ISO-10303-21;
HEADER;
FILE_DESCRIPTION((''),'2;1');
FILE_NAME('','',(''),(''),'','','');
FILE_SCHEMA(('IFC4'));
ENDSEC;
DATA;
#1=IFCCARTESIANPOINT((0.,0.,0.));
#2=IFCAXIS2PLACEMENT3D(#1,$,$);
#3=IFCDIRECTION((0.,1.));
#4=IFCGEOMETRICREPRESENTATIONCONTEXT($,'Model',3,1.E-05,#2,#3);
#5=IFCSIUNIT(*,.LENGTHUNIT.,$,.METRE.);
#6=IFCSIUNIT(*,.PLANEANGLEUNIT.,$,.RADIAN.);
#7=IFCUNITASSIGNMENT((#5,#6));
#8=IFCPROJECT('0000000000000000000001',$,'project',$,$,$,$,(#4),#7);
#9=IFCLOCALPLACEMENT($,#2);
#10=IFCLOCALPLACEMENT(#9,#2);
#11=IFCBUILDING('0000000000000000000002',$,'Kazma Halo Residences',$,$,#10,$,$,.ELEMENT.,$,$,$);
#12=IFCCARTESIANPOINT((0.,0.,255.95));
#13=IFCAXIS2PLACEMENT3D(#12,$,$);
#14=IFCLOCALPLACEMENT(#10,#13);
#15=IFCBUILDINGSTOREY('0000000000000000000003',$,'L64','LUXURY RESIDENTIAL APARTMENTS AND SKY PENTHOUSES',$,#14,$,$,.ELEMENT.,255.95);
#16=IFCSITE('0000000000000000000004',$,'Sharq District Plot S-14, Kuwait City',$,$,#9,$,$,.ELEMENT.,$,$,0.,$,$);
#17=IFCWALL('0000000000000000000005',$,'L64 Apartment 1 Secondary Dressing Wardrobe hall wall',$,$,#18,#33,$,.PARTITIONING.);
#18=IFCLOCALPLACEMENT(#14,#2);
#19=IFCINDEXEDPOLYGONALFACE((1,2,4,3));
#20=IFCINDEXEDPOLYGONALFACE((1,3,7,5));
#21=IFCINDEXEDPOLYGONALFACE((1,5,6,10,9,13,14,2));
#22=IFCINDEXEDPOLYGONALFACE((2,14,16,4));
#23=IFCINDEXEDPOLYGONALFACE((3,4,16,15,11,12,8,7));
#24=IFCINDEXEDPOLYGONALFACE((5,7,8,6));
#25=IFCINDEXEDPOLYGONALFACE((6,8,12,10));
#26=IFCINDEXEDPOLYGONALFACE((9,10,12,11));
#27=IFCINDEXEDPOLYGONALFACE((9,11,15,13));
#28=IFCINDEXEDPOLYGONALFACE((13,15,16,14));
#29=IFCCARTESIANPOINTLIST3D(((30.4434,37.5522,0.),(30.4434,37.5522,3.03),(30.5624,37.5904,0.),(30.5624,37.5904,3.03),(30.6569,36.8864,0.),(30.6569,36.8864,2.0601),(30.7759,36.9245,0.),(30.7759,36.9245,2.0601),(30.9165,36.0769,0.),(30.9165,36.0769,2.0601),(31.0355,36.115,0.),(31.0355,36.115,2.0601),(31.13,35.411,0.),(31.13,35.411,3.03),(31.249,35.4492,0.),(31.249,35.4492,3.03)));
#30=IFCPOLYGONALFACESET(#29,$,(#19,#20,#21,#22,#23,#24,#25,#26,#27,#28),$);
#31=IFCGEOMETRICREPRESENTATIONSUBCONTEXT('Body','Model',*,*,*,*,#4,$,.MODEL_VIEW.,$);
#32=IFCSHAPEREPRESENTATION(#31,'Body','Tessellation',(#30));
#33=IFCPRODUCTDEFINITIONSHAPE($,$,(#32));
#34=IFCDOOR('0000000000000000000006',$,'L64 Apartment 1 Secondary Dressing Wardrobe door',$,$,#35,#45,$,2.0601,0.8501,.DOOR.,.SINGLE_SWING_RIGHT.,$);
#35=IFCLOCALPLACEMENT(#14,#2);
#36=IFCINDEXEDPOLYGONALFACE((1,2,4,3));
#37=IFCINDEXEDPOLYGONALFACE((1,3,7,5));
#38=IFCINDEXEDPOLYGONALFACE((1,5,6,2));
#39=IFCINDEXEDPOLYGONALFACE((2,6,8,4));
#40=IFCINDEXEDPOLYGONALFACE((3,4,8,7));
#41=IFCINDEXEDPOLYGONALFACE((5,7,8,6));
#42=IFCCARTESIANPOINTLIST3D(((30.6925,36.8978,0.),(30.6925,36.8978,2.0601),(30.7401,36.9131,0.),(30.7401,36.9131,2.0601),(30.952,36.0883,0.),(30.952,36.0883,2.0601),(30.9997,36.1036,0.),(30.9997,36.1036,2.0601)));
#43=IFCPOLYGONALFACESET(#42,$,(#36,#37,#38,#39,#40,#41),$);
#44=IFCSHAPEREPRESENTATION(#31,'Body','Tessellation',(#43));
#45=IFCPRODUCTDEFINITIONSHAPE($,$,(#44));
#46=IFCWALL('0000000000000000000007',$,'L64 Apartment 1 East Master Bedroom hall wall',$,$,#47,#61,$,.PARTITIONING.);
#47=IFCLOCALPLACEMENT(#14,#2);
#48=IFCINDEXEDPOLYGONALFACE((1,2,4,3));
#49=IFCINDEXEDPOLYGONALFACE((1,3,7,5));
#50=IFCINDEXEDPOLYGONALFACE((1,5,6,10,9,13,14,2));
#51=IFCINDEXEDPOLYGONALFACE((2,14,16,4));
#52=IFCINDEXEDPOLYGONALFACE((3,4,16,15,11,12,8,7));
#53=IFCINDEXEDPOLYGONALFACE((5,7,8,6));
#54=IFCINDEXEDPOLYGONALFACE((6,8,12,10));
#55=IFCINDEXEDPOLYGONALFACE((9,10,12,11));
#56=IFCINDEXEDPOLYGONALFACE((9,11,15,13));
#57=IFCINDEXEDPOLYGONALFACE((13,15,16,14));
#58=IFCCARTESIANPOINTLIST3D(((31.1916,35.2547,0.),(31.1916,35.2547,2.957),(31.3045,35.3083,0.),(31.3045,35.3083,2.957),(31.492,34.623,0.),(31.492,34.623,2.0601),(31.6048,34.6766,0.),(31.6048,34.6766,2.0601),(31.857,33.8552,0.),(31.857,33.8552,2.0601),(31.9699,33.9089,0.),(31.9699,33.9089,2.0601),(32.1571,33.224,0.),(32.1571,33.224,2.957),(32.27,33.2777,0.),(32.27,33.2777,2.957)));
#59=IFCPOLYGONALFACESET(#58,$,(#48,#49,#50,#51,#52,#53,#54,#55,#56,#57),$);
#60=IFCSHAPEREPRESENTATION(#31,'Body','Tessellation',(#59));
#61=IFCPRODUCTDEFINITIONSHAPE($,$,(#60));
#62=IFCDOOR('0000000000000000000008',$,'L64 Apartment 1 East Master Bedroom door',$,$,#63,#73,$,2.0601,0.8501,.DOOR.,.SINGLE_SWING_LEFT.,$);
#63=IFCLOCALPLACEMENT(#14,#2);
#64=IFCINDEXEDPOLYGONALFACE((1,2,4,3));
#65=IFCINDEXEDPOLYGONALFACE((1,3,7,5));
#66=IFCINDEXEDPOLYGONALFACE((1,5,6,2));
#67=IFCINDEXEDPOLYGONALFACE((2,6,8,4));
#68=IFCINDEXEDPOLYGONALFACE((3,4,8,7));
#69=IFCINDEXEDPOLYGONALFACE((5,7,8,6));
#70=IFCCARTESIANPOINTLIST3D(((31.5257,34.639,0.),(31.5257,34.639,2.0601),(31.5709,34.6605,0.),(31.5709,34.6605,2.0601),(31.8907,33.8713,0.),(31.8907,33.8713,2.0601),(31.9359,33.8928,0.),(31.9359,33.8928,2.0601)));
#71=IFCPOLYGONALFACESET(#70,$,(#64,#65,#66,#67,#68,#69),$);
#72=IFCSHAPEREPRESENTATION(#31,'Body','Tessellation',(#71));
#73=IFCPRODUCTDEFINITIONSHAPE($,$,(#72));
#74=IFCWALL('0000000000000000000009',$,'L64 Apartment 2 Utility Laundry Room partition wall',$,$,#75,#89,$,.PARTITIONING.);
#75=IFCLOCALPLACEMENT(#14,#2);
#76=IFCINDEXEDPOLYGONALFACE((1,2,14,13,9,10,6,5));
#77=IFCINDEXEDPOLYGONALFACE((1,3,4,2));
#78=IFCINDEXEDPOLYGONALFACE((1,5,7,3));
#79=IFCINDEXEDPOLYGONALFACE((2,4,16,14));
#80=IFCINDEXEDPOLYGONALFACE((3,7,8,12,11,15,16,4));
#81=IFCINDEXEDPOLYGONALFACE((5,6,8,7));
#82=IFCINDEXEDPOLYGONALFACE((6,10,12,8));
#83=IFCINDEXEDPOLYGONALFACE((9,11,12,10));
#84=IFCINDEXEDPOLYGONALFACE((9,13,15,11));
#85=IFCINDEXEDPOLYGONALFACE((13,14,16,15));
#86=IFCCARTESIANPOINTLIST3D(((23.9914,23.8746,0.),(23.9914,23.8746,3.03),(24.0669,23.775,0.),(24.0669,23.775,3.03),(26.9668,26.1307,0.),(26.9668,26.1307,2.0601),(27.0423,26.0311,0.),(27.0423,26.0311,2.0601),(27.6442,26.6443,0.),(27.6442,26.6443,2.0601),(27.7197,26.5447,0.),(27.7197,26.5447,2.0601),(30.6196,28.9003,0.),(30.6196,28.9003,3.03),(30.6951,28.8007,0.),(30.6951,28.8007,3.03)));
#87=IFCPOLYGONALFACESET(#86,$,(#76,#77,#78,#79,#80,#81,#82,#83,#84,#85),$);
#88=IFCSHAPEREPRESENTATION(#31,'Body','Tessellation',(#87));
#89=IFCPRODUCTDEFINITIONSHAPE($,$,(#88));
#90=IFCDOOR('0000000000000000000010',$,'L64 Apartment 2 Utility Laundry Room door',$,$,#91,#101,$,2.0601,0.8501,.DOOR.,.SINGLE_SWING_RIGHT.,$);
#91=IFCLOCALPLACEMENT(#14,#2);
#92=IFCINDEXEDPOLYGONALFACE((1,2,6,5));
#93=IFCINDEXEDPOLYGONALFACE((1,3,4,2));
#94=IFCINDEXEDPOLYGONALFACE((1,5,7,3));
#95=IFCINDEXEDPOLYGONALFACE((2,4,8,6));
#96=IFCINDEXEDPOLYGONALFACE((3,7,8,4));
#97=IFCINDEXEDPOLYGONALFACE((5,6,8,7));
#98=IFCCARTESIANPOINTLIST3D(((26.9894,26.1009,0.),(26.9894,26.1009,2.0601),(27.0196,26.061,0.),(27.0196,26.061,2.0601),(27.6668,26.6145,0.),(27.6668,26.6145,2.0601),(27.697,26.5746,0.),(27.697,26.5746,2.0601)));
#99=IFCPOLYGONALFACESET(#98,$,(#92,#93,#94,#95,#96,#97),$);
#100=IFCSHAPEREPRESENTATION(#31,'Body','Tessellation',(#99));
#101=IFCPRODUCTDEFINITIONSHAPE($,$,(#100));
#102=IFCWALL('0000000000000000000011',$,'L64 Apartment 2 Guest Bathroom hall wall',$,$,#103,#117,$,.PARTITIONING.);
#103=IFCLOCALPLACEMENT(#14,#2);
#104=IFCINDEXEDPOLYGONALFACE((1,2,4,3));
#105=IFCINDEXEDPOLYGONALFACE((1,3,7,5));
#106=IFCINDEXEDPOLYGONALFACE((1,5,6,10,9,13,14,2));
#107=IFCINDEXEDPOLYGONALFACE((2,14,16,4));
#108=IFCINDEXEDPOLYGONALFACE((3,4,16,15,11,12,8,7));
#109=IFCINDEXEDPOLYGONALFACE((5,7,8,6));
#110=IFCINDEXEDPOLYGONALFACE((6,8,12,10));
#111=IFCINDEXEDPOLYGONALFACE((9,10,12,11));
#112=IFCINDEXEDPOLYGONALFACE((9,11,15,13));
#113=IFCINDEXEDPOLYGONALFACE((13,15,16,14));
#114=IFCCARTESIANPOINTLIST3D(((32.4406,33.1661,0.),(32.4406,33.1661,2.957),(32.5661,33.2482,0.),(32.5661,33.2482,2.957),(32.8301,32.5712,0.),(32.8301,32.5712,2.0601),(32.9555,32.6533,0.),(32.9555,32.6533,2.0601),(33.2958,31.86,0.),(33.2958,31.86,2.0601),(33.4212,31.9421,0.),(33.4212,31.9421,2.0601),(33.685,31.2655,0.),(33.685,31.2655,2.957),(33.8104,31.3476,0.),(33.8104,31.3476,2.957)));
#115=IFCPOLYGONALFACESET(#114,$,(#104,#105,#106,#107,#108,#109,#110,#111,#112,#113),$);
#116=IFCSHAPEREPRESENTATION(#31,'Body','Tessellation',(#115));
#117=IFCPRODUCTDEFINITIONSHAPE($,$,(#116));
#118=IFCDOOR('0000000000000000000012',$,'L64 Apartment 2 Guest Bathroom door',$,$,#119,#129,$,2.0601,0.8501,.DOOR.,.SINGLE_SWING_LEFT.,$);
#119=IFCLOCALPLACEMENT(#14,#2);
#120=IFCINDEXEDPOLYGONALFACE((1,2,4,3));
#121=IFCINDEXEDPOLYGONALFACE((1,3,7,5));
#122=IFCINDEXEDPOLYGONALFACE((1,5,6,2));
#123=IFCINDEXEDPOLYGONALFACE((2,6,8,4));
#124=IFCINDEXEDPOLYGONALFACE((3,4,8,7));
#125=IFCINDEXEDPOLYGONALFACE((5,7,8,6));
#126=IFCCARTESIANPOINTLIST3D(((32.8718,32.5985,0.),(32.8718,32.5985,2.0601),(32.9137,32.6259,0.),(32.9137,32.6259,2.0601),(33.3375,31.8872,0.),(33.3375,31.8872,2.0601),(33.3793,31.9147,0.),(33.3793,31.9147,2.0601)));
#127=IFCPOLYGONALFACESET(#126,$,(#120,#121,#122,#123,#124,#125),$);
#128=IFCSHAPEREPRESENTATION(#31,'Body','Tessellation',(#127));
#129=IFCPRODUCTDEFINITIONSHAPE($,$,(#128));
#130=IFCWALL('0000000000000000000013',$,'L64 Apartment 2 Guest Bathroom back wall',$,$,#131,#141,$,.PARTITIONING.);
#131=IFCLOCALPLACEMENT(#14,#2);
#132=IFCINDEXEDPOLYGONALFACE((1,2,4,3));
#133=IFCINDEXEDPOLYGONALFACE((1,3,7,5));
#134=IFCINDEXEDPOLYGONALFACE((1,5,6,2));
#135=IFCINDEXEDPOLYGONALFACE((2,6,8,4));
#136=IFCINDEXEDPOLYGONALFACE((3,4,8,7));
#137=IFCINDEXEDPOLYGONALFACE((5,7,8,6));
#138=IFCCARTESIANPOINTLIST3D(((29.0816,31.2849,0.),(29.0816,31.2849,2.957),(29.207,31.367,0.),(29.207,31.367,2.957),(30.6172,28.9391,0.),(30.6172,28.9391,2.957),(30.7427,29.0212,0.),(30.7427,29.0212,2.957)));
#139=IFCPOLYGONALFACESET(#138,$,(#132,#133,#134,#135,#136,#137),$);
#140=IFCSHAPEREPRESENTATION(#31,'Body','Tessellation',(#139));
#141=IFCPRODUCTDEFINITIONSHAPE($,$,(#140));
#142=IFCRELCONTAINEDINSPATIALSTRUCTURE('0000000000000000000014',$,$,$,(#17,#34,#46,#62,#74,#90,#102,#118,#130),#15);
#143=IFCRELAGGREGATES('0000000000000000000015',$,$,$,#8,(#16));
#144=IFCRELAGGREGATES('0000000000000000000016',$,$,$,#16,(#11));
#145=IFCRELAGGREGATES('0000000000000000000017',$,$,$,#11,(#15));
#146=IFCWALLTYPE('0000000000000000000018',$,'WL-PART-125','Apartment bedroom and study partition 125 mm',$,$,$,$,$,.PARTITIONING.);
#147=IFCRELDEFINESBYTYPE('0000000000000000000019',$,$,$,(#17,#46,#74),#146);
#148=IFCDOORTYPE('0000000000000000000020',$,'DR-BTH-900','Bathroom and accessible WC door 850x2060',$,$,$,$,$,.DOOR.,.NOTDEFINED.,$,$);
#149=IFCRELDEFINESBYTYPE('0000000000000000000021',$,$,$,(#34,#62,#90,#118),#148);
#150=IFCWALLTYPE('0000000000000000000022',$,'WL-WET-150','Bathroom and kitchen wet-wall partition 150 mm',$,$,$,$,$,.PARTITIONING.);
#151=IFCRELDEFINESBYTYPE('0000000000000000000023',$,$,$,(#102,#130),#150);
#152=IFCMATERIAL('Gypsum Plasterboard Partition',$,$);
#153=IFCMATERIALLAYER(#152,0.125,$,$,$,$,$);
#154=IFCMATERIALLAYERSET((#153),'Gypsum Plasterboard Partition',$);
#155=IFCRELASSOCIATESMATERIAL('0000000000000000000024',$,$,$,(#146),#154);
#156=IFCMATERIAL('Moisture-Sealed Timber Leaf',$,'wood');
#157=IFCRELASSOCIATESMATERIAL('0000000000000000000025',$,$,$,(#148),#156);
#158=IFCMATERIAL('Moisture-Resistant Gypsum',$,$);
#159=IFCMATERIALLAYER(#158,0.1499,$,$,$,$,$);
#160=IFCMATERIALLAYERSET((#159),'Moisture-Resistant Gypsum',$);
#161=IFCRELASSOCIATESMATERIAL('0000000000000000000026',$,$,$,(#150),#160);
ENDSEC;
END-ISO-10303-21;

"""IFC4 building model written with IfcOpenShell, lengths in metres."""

from ifc_helpers import new_model, si_unit, direction, frame, frame_2d, origin, place, context, subcontext, project, spatial, rectangle, extrude, material, layer, layer_set, type_object, element, fill, save


model = new_model("IFC4")

# Units and contexts
model_context = context("Model", 3, precision=1e-05, world=origin(), true_north=direction((0.0, 1.0)))
body_context = subcontext(model_context, "Body", "Model", "MODEL_VIEW")
ifc_project = project(units=[si_unit("LENGTHUNIT", "METRE"), si_unit("PLANEANGLEUNIT", "RADIAN")], contexts=[model_context])

# Site, building, storey
site_placement = place(None, origin())
site = spatial("IfcSite", under=ifc_project, at=site_placement, Name="Sharq District Plot S-14, Kuwait City", CompositionType="ELEMENT", RefElevation=0.0)
building_placement = place(site_placement, origin())
building = spatial("IfcBuilding", under=site, at=building_placement, Name="Kazma Halo Residences", CompositionType="ELEMENT")
storey_placement = place(building_placement, frame((0.0, 0.0, 255.95)))
storey = spatial("IfcBuildingStorey", under=building, at=storey_placement, Name="L64", Description="LUXURY RESIDENTIAL APARTMENTS AND SKY PENTHOUSES", CompositionType="ELEMENT", Elevation=255.95)

# Shared definitions
ifc_material_1 = material(Name="Gypsum Plasterboard Partition")
ifc_layer_1 = layer(ifc_material_1, 0.125)
ifc_layer_set_1 = layer_set([ifc_layer_1], Name="Gypsum Plasterboard Partition")
wall_type_1 = type_object("IfcWallType", Name="WL-PART-125", Description="Apartment bedroom and study partition 125 mm", PredefinedType="PARTITIONING", material=ifc_layer_set_1)

# Walls, openings, doors
ifc_material_2 = material(Name="Moisture-Sealed Timber Leaf", Category="wood")
door_type = type_object("IfcDoorType", Name="DR-BTH-900", Description="Bathroom and accessible WC door 850x2060", OperationType="NOTDEFINED", PredefinedType="DOOR", material=ifc_material_2)
wall_1_placement = place(storey_placement, frame((30.5029, 37.5713, 0.0), z_axis=(0.0, 0.0, 1.0), x_axis=(0.305327, -0.952247, 0.0)))
wall_1 = element("IfcWall", 1, at=wall_1_placement, inside=storey, type_object=wall_type_1, Name="L64 Apartment 1 Secondary Dressing Wardrobe hall wall", PredefinedType="PARTITIONING", context=body_context, shape_type="SweptSolid", body=[
    extrude(rectangle(XDim=2.2485, YDim=0.125, at=frame_2d((1.1243, 0.0))), origin(), (0.0, 0.0, 1.0), 3.03),
])
opening_1_placement = place(wall_1_placement, frame((0.6992, 0.0, 0.0)))
opening_1 = element("IfcOpeningElement", 2, at=opening_1_placement, cuts=wall_1, PredefinedType="OPENING", context=body_context, shape_type="SweptSolid", body=[
    extrude(rectangle(XDim=0.8501, YDim=2.0601, at=frame_2d((0.425, 1.03))), frame((0.0, 0.0725, 0.0), z_axis=(0.0, -1.0, 0.0), x_axis=(1.0, 0.0, 0.0)), (0.0, 0.0, 1.0), 0.145),
])
door_1_placement = place(opening_1_placement, origin())
door_1 = element("IfcDoor", 3, at=door_1_placement, inside=storey, type_object=door_type, Name="L64 Apartment 1 Secondary Dressing Wardrobe door", OperationType="SINGLE_SWING_RIGHT", OverallHeight=2.0601, OverallWidth=0.8501, PredefinedType="DOOR", context=body_context, shape_type="SweptSolid", body=[
    extrude(rectangle(XDim=0.8501, YDim=2.0601, at=frame_2d((0.425, 1.03))), frame((0.0, 0.0249, 0.0), z_axis=(0.0, -1.0, 0.0), x_axis=(1.0, 0.0, 0.0)), (0.0, 0.0, 1.0), 0.05),
])
fill(opening_1, door_1)
wall_2_placement = place(storey_placement, frame((31.248, 35.2815, 0.0), z_axis=(0.0, 0.0, 1.0), x_axis=(0.429407, -0.903111, 0.0)))
wall_2 = element("IfcWall", 4, at=wall_2_placement, inside=storey, type_object=wall_type_1, Name="L64 Apartment 1 East Master Bedroom hall wall", PredefinedType="PARTITIONING", context=body_context, shape_type="SweptSolid", body=[
    extrude(rectangle(XDim=2.2485, YDim=0.125, at=frame_2d((1.1243, 0.0))), origin(), (0.0, 0.0, 1.0), 2.957),
])
opening_2_placement = place(wall_2_placement, frame((0.6995, 0.0, 0.0)))
opening_2 = element("IfcOpeningElement", 5, at=opening_2_placement, cuts=wall_2, PredefinedType="OPENING", context=body_context, shape_type="SweptSolid", body=[
    extrude(rectangle(XDim=0.8501, YDim=2.0601, at=frame_2d((0.425, 1.03))), frame((0.0, 0.0725, 0.0), z_axis=(0.0, -1.0, 0.0), x_axis=(1.0, 0.0, 0.0)), (0.0, 0.0, 1.0), 0.145),
])
door_2_placement = place(opening_2_placement, origin())
door_2 = element("IfcDoor", 6, at=door_2_placement, inside=storey, type_object=door_type, Name="L64 Apartment 1 East Master Bedroom door", OperationType="SINGLE_SWING_LEFT", OverallHeight=2.0601, OverallWidth=0.8501, PredefinedType="DOOR", context=body_context, shape_type="SweptSolid", body=[
    extrude(rectangle(XDim=0.8501, YDim=2.0601, at=frame_2d((0.425, 1.03))), frame((0.0, 0.0249, 0.0), z_axis=(0.0, -1.0, 0.0), x_axis=(1.0, 0.0, 0.0)), (0.0, 0.0, 1.0), 0.05),
])
fill(opening_2, door_2)
wall_3_placement = place(storey_placement, frame((30.6575, 28.8506, 0.0), z_axis=(0.0, 0.0, 1.0), x_axis=(-0.796844, -0.604185, 0.0)))
wall_3 = element("IfcWall", 7, at=wall_3_placement, inside=storey, type_object=wall_type_1, Name="L64 Apartment 2 Utility Laundry Room partition wall", PredefinedType="PARTITIONING", context=body_context, shape_type="SweptSolid", body=[
    extrude(rectangle(XDim=8.3181, YDim=0.125, at=frame_2d((4.1592, 0.0))), origin(), (0.0, 0.0, 1.0), 3.03),
])
opening_3_placement = place(wall_3_placement, frame((3.7341, 0.0, 0.0)))
opening_3 = element("IfcOpeningElement", 8, at=opening_3_placement, cuts=wall_3, PredefinedType="OPENING", context=body_context, shape_type="SweptSolid", body=[
    extrude(rectangle(XDim=0.8501, YDim=2.0601, at=frame_2d((0.425, 1.03))), frame((0.0, 0.0725, 0.0), z_axis=(0.0, -1.0, 0.0), x_axis=(1.0, 0.0, 0.0)), (0.0, 0.0, 1.0), 0.145),
])
door_3_placement = place(opening_3_placement, origin())
door_3 = element("IfcDoor", 9, at=door_3_placement, inside=storey, type_object=door_type, Name="L64 Apartment 2 Utility Laundry Room door", OperationType="SINGLE_SWING_RIGHT", OverallHeight=2.0601, OverallWidth=0.8501, PredefinedType="DOOR", context=body_context, shape_type="SweptSolid", body=[
    extrude(rectangle(XDim=0.8501, YDim=2.0601, at=frame_2d((0.425, 1.03))), frame((0.0, 0.0249, 0.0), z_axis=(0.0, -1.0, 0.0), x_axis=(1.0, 0.0, 0.0)), (0.0, 0.0, 1.0), 0.05),
])
fill(opening_3, door_3)
ifc_material_3 = material(Name="Moisture-Resistant Gypsum")
ifc_layer_2 = layer(ifc_material_3, 0.1499)
ifc_layer_set_2 = layer_set([ifc_layer_2], Name="Moisture-Resistant Gypsum")
wall_type_2 = type_object("IfcWallType", Name="WL-WET-150", Description="Bathroom and kitchen wet-wall partition 150 mm", PredefinedType="PARTITIONING", material=ifc_layer_set_2)
wall_4_placement = place(storey_placement, frame((32.5034, 33.207, 0.0), z_axis=(0.0, 0.0, 1.0), x_axis=(0.547762, -0.836634, 0.0)))
wall_4 = element("IfcWall", 10, at=wall_4_placement, inside=storey, type_object=wall_type_2, Name="L64 Apartment 2 Guest Bathroom hall wall", PredefinedType="PARTITIONING", context=body_context, shape_type="SweptSolid", body=[
    extrude(rectangle(XDim=2.2717, YDim=0.1499, at=frame_2d((1.1357, 0.0))), origin(), (0.0, 0.0, 1.0), 2.957),
])
opening_4_placement = place(wall_4_placement, frame((0.7109, 0.0, 0.0)))
opening_4 = element("IfcOpeningElement", 11, at=opening_4_placement, cuts=wall_4, PredefinedType="OPENING", context=body_context, shape_type="SweptSolid", body=[
    extrude(rectangle(XDim=0.8501, YDim=2.0601, at=frame_2d((0.425, 1.03))), frame((0.0, 0.085, 0.0), z_axis=(0.0, -1.0, 0.0), x_axis=(1.0, 0.0, 0.0)), (0.0, 0.0, 1.0), 0.1699),
])
door_4_placement = place(opening_4_placement, origin())
door_4 = element("IfcDoor", 12, at=door_4_placement, inside=storey, type_object=door_type, Name="L64 Apartment 2 Guest Bathroom door", OperationType="SINGLE_SWING_LEFT", OverallHeight=2.0601, OverallWidth=0.8501, PredefinedType="DOOR", context=body_context, shape_type="SweptSolid", body=[
    extrude(rectangle(XDim=0.8501, YDim=2.0601, at=frame_2d((0.425, 1.03))), frame((0.0, 0.0249, 0.0), z_axis=(0.0, -1.0, 0.0), x_axis=(1.0, 0.0, 0.0)), (0.0, 0.0, 1.0), 0.05),
])
fill(opening_4, door_4)

# Wall
wall_5_placement = place(storey_placement, frame((29.1443, 31.3259, 0.0), z_axis=(0.0, 0.0, 1.0), x_axis=(0.547728, -0.836657, 0.0)))
element("IfcWall", 13, at=wall_5_placement, inside=storey, type_object=wall_type_2, Name="L64 Apartment 2 Guest Bathroom back wall", PredefinedType="PARTITIONING", context=body_context, shape_type="SweptSolid", body=[
    extrude(rectangle(XDim=2.8037, YDim=0.1499, at=frame_2d((1.4019, 0.0))), origin(), (0.0, 0.0, 1.0), 2.957),
])

save(model, "model.ifc")
